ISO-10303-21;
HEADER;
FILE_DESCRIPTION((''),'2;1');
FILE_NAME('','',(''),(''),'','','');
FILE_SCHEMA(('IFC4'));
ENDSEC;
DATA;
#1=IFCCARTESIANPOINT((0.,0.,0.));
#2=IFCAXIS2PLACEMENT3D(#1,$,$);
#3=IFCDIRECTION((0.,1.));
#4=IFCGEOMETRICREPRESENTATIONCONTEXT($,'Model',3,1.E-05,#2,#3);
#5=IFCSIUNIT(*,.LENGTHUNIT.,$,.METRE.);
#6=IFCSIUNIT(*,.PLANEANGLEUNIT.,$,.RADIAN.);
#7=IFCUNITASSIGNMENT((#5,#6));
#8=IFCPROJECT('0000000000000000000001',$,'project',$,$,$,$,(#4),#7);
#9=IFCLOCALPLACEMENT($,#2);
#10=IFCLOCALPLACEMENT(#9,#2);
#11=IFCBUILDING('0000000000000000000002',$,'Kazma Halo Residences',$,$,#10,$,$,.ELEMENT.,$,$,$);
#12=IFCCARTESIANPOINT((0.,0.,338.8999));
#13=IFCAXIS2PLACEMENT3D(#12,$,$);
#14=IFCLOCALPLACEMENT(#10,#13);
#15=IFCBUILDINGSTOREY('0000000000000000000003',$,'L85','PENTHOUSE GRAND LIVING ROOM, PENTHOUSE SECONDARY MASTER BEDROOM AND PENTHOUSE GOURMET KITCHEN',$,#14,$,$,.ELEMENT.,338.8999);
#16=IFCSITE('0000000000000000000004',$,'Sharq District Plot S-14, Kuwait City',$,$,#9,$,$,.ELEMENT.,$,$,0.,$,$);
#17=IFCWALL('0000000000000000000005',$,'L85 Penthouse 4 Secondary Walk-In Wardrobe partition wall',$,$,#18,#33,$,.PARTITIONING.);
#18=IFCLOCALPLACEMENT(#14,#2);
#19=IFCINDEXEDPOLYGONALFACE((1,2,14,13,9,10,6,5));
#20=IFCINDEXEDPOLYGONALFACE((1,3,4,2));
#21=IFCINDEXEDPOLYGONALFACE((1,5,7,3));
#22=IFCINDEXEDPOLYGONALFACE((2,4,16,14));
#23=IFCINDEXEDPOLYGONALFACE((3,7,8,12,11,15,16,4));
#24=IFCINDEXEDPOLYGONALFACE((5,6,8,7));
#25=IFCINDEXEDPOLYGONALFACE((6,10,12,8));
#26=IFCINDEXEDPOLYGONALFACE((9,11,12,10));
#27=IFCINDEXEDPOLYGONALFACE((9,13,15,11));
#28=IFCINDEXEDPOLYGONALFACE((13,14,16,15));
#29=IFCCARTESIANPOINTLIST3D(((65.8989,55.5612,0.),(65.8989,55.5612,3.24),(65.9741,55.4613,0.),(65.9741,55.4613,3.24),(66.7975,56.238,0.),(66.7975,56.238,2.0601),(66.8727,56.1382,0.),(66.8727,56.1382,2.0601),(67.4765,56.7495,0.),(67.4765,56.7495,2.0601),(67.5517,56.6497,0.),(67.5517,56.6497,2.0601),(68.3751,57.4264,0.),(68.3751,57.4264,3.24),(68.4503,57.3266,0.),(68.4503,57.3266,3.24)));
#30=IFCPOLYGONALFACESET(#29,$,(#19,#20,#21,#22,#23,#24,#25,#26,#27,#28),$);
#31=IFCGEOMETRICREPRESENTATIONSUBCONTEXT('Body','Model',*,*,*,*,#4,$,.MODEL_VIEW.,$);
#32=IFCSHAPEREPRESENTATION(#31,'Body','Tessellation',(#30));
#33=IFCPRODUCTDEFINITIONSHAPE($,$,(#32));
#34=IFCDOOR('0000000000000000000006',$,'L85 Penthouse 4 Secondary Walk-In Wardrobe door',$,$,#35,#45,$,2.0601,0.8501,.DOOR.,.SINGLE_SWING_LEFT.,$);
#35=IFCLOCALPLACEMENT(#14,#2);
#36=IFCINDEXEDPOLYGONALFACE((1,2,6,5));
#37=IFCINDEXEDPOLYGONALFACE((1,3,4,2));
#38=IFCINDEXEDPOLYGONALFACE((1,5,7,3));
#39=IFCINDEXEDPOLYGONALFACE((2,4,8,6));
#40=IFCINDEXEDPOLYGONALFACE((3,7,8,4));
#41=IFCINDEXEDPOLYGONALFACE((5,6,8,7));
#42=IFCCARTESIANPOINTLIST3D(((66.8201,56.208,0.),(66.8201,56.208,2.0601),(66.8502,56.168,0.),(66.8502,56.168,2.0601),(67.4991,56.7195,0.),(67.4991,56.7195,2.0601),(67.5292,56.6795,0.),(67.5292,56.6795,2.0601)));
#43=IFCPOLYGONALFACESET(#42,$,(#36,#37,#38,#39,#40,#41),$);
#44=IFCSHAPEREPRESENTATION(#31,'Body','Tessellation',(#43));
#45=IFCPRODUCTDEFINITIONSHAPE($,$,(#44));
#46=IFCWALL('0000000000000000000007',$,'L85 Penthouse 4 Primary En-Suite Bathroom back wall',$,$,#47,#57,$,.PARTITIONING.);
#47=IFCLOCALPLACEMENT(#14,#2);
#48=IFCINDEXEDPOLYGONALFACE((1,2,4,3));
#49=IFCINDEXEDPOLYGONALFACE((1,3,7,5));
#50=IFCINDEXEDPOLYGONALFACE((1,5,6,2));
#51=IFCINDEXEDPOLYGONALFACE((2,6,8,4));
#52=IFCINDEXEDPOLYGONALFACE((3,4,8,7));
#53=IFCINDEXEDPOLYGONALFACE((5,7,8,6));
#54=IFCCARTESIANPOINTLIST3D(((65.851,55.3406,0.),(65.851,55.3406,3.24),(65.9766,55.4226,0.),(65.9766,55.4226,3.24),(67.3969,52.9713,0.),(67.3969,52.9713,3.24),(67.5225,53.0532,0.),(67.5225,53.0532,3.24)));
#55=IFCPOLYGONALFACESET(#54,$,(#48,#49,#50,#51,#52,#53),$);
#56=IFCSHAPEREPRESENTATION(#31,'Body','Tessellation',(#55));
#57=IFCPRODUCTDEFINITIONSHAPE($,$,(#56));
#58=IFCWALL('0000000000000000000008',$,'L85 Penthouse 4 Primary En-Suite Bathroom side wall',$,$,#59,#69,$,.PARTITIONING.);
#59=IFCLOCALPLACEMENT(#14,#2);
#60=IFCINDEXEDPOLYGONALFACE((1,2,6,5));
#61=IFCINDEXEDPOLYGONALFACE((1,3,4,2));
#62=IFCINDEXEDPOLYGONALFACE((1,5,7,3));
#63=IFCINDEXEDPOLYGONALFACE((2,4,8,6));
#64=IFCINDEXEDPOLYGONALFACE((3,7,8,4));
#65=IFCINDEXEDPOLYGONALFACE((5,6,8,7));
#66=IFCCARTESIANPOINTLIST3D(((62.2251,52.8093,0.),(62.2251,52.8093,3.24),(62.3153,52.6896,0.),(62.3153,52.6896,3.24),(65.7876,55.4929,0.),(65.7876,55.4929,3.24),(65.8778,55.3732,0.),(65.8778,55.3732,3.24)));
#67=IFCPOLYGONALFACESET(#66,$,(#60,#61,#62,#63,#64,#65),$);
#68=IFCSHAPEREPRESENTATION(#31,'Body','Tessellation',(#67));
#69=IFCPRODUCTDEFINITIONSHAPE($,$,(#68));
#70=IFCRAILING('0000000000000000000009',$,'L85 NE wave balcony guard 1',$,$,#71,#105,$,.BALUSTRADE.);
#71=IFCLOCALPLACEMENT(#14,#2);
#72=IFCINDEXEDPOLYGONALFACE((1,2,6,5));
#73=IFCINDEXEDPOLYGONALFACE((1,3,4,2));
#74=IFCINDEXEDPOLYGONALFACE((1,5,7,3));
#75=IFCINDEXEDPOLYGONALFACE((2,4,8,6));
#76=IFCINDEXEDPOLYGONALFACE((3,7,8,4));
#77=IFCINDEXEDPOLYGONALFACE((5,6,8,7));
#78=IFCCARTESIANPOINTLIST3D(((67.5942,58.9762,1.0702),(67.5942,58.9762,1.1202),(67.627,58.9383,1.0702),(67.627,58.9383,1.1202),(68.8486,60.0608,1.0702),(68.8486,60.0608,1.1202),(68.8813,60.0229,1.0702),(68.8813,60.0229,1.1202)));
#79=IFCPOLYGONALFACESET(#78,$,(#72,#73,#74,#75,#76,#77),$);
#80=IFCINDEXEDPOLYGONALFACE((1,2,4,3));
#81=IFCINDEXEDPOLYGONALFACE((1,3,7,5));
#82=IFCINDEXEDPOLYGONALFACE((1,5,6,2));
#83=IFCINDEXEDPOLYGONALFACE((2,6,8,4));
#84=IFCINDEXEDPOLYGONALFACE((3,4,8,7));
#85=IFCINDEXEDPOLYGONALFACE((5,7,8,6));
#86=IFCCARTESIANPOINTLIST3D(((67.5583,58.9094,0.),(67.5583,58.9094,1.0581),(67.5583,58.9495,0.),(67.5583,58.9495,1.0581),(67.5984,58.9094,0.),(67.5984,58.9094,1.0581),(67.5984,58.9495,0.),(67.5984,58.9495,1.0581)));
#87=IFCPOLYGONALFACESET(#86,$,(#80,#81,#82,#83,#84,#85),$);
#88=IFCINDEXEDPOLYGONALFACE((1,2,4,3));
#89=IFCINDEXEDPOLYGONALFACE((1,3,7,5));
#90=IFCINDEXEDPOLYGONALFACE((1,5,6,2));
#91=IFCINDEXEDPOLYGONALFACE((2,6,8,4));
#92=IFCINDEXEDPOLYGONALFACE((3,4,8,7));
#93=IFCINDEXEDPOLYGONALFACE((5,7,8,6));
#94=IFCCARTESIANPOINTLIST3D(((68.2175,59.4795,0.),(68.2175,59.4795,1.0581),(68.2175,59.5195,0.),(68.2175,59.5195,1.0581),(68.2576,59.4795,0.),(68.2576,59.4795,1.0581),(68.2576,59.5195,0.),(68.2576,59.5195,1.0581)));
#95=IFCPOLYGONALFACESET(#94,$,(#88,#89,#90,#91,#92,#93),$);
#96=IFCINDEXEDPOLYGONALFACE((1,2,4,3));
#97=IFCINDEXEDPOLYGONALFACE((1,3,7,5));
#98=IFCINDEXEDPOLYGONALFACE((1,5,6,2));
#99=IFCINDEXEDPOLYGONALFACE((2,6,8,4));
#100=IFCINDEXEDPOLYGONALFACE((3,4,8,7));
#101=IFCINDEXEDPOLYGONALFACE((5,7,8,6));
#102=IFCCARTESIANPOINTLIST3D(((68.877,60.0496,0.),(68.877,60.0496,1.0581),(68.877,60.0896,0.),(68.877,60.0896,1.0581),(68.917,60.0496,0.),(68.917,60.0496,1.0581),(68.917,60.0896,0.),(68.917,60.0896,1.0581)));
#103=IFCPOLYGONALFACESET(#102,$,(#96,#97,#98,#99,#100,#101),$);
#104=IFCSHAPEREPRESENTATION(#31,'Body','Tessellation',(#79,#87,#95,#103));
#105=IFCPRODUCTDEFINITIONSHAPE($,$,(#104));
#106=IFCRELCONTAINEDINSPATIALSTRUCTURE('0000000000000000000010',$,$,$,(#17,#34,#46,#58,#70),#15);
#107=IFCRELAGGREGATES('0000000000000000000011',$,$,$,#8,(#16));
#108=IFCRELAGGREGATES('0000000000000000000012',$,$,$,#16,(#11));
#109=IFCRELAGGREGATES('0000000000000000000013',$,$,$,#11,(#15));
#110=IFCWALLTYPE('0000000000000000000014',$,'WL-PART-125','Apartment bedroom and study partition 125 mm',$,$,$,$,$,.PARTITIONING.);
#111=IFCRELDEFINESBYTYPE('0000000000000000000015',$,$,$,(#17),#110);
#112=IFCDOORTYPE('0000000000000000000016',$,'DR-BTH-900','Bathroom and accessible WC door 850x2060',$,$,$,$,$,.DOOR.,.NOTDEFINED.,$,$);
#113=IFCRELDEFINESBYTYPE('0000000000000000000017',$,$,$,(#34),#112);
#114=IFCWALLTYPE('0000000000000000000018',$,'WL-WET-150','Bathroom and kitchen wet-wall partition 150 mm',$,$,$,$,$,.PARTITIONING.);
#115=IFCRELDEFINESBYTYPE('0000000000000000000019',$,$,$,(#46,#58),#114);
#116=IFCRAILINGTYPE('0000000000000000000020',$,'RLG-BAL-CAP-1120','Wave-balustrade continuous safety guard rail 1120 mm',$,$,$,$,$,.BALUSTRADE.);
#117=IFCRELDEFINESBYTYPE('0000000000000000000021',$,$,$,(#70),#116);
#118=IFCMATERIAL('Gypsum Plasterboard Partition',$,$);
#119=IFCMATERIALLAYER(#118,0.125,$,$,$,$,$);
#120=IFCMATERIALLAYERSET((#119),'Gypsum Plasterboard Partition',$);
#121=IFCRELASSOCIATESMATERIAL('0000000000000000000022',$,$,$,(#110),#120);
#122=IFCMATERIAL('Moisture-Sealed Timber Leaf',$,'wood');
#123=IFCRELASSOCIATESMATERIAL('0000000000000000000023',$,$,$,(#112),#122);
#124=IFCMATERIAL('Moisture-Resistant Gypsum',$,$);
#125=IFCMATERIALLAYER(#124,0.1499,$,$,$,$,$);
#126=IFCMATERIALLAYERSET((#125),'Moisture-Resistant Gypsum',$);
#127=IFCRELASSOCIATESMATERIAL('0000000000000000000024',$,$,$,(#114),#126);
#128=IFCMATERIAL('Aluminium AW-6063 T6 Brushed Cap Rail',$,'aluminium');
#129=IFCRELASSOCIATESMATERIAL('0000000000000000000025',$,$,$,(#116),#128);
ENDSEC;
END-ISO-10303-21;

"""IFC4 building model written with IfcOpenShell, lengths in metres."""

from ifc_helpers import new_model, si_unit, direction, frame, frame_2d, origin, origin_2d, place, context, subcontext, project, spatial, rectangle, extrude, material, layer, layer_set, type_object, element, fill, save


model = new_model("IFC4")

# Units and contexts
model_context = context("Model", 3, precision=1e-05, world=origin(), true_north=direction((0.0, 1.0)))
body_context = subcontext(model_context, "Body", "Model", "MODEL_VIEW")
ifc_project = project(units=[si_unit("LENGTHUNIT", "METRE"), si_unit("PLANEANGLEUNIT", "RADIAN")], contexts=[model_context])

# Site, building, storey
site_placement = place(None, origin())
site = spatial("IfcSite", under=ifc_project, at=site_placement, Name="Sharq District Plot S-14, Kuwait City", CompositionType="ELEMENT", RefElevation=0.0)
building_placement = place(site_placement, origin())
building = spatial("IfcBuilding", under=site, at=building_placement, Name="Kazma Halo Residences", CompositionType="ELEMENT")
storey_placement = place(building_placement, frame((0.0, 0.0, 338.8999)))
storey = spatial("IfcBuildingStorey", under=building, at=storey_placement, Name="L85", Description="PENTHOUSE GRAND LIVING ROOM, PENTHOUSE SECONDARY MASTER BEDROOM AND PENTHOUSE GOURMET KITCHEN", CompositionType="ELEMENT", Elevation=338.8999)

# Wall, opening, door
ifc_material_1 = material(Name="Gypsum Plasterboard Partition")
ifc_layer_1 = layer(ifc_material_1, 0.125)
ifc_layer_set_1 = layer_set([ifc_layer_1], Name="Gypsum Plasterboard Partition")
wall_type_1 = type_object("IfcWallType", Name="WL-PART-125", Description="Apartment bedroom and study partition 125 mm", PredefinedType="PARTITIONING", material=ifc_layer_set_1)
wall_1_placement = place(storey_placement, frame((65.9365, 55.5112, 0.0), z_axis=(0.0, 0.0, 1.0), x_axis=(0.798732, 0.601687, 0.0)))
wall_1 = element("IfcWall", 1, at=wall_1_placement, inside=storey, type_object=wall_type_1, Name="L85 Penthouse 4 Secondary Walk-In Wardrobe partition wall", PredefinedType="PARTITIONING", context=body_context, shape_type="SweptSolid", body=[
    extrude(rectangle(XDim=3.1001, YDim=0.125, at=frame_2d((1.55, 0.0))), origin(), (0.0, 0.0, 1.0), 3.24),
])
opening_1_placement = place(wall_1_placement, frame((1.125, 0.0, 0.0)))
opening_1 = element("IfcOpeningElement", 2, at=opening_1_placement, cuts=wall_1, PredefinedType="OPENING", context=body_context, shape_type="SweptSolid", body=[
    extrude(rectangle(XDim=0.8501, YDim=2.0601, at=frame_2d((0.425, 1.03))), frame((0.0, 0.0725, 0.0), z_axis=(0.0, -1.0, 0.0), x_axis=(1.0, 0.0, 0.0)), (0.0, 0.0, 1.0), 0.145),
])
ifc_material_2 = material(Name="Moisture-Sealed Timber Leaf", Category="wood")
door_type_1 = type_object("IfcDoorType", Name="DR-BTH-900", Description="Bathroom and accessible WC door 850x2060", OperationType="NOTDEFINED", PredefinedType="DOOR", material=ifc_material_2)
door_1_placement = place(opening_1_placement, origin())
door_1 = element("IfcDoor", 3, at=door_1_placement, inside=storey, type_object=door_type_1, Name="L85 Penthouse 4 Secondary Walk-In Wardrobe door", OperationType="SINGLE_SWING_LEFT", OverallHeight=2.0601, OverallWidth=0.8501, PredefinedType="DOOR", context=body_context, shape_type="SweptSolid", body=[
    extrude(rectangle(XDim=0.8501, YDim=2.0601, at=frame_2d((0.425, 1.03))), frame((0.0, 0.0249, 0.0), z_axis=(0.0, -1.0, 0.0), x_axis=(1.0, 0.0, 0.0)), (0.0, 0.0, 1.0), 0.05),
])
fill(opening_1, door_1)

# Walls
ifc_material_3 = material(Name="Moisture-Resistant Gypsum")
ifc_layer_2 = layer(ifc_material_3, 0.1499)
ifc_layer_set_2 = layer_set([ifc_layer_2], Name="Moisture-Resistant Gypsum")
wall_type_2 = type_object("IfcWallType", Name="WL-WET-150", Description="Bathroom and kitchen wet-wall partition 150 mm", PredefinedType="PARTITIONING", material=ifc_layer_set_2)
wall_2_placement = place(storey_placement, frame((67.4597, 53.0122, 0.0), z_axis=(0.0, 0.0, 1.0), x_axis=(-0.546428, 0.837506, 0.0)))
element("IfcWall", 4, at=wall_2_placement, inside=storey, type_object=wall_type_2, Name="L85 Penthouse 4 Primary En-Suite Bathroom back wall", PredefinedType="PARTITIONING", context=body_context, shape_type="SweptSolid", body=[
    extrude(rectangle(XDim=2.8291, YDim=0.1499, at=frame_2d((1.4146, 0.0))), origin(), (0.0, 0.0, 1.0), 3.24),
])
wall_3_placement = place(storey_placement, frame((62.2703, 52.7495, 0.0), z_axis=(0.0, 0.0, 1.0), x_axis=(0.798737, 0.60168, 0.0)))
element("IfcWall", 5, at=wall_3_placement, inside=storey, type_object=wall_type_2, Name="L85 Penthouse 4 Primary En-Suite Bathroom side wall", PredefinedType="PARTITIONING", context=body_context, shape_type="SweptSolid", body=[
    extrude(rectangle(XDim=4.4602, YDim=0.1499, at=frame_2d((2.23, 0.0))), origin(), (0.0, 0.0, 1.0), 3.24),
])

# Railing
ifc_material_4 = material(Name="Aluminium AW-6063 T6 Brushed Cap Rail", Category="aluminium")
railing_type = type_object("IfcRailingType", Name="RLG-BAL-CAP-1120", Description="Wave-balustrade continuous safety guard rail 1120 mm", PredefinedType="BALUSTRADE", material=ifc_material_4)
railing_1_placement = place(storey_placement, frame((67.5784, 58.9294, 0.0)))
element("IfcRailing", 6, at=railing_1_placement, inside=storey, type_object=railing_type, Name="L85 NE wave balcony guard 1", PredefinedType="BALUSTRADE", context=body_context, shape_type="SweptSolid", body=[
    extrude(rectangle(XDim=0.05, YDim=0.05, at=origin_2d()), frame((0.0322, 0.0278, 1.0952), z_axis=(0.756442, 0.654061, 0.0), x_axis=(-0.654061, 0.756442, 0.0)), (0.0, 0.0, 1.0), 1.6582),
    extrude(rectangle(XDim=0.04, YDim=0.04, at=origin_2d()), origin(), (0.0, 0.0, 1.0), 1.0581),
    extrude(rectangle(XDim=0.04, YDim=0.04, at=origin_2d()), frame((0.6592, 0.5701, 0.0)), (0.0, 0.0, 1.0), 1.0581),
    extrude(rectangle(XDim=0.04, YDim=0.04, at=origin_2d()), frame((1.3186, 1.1401, 0.0)), (0.0, 0.0, 1.0), 1.0581),
])

save(model, "model.ifc")
